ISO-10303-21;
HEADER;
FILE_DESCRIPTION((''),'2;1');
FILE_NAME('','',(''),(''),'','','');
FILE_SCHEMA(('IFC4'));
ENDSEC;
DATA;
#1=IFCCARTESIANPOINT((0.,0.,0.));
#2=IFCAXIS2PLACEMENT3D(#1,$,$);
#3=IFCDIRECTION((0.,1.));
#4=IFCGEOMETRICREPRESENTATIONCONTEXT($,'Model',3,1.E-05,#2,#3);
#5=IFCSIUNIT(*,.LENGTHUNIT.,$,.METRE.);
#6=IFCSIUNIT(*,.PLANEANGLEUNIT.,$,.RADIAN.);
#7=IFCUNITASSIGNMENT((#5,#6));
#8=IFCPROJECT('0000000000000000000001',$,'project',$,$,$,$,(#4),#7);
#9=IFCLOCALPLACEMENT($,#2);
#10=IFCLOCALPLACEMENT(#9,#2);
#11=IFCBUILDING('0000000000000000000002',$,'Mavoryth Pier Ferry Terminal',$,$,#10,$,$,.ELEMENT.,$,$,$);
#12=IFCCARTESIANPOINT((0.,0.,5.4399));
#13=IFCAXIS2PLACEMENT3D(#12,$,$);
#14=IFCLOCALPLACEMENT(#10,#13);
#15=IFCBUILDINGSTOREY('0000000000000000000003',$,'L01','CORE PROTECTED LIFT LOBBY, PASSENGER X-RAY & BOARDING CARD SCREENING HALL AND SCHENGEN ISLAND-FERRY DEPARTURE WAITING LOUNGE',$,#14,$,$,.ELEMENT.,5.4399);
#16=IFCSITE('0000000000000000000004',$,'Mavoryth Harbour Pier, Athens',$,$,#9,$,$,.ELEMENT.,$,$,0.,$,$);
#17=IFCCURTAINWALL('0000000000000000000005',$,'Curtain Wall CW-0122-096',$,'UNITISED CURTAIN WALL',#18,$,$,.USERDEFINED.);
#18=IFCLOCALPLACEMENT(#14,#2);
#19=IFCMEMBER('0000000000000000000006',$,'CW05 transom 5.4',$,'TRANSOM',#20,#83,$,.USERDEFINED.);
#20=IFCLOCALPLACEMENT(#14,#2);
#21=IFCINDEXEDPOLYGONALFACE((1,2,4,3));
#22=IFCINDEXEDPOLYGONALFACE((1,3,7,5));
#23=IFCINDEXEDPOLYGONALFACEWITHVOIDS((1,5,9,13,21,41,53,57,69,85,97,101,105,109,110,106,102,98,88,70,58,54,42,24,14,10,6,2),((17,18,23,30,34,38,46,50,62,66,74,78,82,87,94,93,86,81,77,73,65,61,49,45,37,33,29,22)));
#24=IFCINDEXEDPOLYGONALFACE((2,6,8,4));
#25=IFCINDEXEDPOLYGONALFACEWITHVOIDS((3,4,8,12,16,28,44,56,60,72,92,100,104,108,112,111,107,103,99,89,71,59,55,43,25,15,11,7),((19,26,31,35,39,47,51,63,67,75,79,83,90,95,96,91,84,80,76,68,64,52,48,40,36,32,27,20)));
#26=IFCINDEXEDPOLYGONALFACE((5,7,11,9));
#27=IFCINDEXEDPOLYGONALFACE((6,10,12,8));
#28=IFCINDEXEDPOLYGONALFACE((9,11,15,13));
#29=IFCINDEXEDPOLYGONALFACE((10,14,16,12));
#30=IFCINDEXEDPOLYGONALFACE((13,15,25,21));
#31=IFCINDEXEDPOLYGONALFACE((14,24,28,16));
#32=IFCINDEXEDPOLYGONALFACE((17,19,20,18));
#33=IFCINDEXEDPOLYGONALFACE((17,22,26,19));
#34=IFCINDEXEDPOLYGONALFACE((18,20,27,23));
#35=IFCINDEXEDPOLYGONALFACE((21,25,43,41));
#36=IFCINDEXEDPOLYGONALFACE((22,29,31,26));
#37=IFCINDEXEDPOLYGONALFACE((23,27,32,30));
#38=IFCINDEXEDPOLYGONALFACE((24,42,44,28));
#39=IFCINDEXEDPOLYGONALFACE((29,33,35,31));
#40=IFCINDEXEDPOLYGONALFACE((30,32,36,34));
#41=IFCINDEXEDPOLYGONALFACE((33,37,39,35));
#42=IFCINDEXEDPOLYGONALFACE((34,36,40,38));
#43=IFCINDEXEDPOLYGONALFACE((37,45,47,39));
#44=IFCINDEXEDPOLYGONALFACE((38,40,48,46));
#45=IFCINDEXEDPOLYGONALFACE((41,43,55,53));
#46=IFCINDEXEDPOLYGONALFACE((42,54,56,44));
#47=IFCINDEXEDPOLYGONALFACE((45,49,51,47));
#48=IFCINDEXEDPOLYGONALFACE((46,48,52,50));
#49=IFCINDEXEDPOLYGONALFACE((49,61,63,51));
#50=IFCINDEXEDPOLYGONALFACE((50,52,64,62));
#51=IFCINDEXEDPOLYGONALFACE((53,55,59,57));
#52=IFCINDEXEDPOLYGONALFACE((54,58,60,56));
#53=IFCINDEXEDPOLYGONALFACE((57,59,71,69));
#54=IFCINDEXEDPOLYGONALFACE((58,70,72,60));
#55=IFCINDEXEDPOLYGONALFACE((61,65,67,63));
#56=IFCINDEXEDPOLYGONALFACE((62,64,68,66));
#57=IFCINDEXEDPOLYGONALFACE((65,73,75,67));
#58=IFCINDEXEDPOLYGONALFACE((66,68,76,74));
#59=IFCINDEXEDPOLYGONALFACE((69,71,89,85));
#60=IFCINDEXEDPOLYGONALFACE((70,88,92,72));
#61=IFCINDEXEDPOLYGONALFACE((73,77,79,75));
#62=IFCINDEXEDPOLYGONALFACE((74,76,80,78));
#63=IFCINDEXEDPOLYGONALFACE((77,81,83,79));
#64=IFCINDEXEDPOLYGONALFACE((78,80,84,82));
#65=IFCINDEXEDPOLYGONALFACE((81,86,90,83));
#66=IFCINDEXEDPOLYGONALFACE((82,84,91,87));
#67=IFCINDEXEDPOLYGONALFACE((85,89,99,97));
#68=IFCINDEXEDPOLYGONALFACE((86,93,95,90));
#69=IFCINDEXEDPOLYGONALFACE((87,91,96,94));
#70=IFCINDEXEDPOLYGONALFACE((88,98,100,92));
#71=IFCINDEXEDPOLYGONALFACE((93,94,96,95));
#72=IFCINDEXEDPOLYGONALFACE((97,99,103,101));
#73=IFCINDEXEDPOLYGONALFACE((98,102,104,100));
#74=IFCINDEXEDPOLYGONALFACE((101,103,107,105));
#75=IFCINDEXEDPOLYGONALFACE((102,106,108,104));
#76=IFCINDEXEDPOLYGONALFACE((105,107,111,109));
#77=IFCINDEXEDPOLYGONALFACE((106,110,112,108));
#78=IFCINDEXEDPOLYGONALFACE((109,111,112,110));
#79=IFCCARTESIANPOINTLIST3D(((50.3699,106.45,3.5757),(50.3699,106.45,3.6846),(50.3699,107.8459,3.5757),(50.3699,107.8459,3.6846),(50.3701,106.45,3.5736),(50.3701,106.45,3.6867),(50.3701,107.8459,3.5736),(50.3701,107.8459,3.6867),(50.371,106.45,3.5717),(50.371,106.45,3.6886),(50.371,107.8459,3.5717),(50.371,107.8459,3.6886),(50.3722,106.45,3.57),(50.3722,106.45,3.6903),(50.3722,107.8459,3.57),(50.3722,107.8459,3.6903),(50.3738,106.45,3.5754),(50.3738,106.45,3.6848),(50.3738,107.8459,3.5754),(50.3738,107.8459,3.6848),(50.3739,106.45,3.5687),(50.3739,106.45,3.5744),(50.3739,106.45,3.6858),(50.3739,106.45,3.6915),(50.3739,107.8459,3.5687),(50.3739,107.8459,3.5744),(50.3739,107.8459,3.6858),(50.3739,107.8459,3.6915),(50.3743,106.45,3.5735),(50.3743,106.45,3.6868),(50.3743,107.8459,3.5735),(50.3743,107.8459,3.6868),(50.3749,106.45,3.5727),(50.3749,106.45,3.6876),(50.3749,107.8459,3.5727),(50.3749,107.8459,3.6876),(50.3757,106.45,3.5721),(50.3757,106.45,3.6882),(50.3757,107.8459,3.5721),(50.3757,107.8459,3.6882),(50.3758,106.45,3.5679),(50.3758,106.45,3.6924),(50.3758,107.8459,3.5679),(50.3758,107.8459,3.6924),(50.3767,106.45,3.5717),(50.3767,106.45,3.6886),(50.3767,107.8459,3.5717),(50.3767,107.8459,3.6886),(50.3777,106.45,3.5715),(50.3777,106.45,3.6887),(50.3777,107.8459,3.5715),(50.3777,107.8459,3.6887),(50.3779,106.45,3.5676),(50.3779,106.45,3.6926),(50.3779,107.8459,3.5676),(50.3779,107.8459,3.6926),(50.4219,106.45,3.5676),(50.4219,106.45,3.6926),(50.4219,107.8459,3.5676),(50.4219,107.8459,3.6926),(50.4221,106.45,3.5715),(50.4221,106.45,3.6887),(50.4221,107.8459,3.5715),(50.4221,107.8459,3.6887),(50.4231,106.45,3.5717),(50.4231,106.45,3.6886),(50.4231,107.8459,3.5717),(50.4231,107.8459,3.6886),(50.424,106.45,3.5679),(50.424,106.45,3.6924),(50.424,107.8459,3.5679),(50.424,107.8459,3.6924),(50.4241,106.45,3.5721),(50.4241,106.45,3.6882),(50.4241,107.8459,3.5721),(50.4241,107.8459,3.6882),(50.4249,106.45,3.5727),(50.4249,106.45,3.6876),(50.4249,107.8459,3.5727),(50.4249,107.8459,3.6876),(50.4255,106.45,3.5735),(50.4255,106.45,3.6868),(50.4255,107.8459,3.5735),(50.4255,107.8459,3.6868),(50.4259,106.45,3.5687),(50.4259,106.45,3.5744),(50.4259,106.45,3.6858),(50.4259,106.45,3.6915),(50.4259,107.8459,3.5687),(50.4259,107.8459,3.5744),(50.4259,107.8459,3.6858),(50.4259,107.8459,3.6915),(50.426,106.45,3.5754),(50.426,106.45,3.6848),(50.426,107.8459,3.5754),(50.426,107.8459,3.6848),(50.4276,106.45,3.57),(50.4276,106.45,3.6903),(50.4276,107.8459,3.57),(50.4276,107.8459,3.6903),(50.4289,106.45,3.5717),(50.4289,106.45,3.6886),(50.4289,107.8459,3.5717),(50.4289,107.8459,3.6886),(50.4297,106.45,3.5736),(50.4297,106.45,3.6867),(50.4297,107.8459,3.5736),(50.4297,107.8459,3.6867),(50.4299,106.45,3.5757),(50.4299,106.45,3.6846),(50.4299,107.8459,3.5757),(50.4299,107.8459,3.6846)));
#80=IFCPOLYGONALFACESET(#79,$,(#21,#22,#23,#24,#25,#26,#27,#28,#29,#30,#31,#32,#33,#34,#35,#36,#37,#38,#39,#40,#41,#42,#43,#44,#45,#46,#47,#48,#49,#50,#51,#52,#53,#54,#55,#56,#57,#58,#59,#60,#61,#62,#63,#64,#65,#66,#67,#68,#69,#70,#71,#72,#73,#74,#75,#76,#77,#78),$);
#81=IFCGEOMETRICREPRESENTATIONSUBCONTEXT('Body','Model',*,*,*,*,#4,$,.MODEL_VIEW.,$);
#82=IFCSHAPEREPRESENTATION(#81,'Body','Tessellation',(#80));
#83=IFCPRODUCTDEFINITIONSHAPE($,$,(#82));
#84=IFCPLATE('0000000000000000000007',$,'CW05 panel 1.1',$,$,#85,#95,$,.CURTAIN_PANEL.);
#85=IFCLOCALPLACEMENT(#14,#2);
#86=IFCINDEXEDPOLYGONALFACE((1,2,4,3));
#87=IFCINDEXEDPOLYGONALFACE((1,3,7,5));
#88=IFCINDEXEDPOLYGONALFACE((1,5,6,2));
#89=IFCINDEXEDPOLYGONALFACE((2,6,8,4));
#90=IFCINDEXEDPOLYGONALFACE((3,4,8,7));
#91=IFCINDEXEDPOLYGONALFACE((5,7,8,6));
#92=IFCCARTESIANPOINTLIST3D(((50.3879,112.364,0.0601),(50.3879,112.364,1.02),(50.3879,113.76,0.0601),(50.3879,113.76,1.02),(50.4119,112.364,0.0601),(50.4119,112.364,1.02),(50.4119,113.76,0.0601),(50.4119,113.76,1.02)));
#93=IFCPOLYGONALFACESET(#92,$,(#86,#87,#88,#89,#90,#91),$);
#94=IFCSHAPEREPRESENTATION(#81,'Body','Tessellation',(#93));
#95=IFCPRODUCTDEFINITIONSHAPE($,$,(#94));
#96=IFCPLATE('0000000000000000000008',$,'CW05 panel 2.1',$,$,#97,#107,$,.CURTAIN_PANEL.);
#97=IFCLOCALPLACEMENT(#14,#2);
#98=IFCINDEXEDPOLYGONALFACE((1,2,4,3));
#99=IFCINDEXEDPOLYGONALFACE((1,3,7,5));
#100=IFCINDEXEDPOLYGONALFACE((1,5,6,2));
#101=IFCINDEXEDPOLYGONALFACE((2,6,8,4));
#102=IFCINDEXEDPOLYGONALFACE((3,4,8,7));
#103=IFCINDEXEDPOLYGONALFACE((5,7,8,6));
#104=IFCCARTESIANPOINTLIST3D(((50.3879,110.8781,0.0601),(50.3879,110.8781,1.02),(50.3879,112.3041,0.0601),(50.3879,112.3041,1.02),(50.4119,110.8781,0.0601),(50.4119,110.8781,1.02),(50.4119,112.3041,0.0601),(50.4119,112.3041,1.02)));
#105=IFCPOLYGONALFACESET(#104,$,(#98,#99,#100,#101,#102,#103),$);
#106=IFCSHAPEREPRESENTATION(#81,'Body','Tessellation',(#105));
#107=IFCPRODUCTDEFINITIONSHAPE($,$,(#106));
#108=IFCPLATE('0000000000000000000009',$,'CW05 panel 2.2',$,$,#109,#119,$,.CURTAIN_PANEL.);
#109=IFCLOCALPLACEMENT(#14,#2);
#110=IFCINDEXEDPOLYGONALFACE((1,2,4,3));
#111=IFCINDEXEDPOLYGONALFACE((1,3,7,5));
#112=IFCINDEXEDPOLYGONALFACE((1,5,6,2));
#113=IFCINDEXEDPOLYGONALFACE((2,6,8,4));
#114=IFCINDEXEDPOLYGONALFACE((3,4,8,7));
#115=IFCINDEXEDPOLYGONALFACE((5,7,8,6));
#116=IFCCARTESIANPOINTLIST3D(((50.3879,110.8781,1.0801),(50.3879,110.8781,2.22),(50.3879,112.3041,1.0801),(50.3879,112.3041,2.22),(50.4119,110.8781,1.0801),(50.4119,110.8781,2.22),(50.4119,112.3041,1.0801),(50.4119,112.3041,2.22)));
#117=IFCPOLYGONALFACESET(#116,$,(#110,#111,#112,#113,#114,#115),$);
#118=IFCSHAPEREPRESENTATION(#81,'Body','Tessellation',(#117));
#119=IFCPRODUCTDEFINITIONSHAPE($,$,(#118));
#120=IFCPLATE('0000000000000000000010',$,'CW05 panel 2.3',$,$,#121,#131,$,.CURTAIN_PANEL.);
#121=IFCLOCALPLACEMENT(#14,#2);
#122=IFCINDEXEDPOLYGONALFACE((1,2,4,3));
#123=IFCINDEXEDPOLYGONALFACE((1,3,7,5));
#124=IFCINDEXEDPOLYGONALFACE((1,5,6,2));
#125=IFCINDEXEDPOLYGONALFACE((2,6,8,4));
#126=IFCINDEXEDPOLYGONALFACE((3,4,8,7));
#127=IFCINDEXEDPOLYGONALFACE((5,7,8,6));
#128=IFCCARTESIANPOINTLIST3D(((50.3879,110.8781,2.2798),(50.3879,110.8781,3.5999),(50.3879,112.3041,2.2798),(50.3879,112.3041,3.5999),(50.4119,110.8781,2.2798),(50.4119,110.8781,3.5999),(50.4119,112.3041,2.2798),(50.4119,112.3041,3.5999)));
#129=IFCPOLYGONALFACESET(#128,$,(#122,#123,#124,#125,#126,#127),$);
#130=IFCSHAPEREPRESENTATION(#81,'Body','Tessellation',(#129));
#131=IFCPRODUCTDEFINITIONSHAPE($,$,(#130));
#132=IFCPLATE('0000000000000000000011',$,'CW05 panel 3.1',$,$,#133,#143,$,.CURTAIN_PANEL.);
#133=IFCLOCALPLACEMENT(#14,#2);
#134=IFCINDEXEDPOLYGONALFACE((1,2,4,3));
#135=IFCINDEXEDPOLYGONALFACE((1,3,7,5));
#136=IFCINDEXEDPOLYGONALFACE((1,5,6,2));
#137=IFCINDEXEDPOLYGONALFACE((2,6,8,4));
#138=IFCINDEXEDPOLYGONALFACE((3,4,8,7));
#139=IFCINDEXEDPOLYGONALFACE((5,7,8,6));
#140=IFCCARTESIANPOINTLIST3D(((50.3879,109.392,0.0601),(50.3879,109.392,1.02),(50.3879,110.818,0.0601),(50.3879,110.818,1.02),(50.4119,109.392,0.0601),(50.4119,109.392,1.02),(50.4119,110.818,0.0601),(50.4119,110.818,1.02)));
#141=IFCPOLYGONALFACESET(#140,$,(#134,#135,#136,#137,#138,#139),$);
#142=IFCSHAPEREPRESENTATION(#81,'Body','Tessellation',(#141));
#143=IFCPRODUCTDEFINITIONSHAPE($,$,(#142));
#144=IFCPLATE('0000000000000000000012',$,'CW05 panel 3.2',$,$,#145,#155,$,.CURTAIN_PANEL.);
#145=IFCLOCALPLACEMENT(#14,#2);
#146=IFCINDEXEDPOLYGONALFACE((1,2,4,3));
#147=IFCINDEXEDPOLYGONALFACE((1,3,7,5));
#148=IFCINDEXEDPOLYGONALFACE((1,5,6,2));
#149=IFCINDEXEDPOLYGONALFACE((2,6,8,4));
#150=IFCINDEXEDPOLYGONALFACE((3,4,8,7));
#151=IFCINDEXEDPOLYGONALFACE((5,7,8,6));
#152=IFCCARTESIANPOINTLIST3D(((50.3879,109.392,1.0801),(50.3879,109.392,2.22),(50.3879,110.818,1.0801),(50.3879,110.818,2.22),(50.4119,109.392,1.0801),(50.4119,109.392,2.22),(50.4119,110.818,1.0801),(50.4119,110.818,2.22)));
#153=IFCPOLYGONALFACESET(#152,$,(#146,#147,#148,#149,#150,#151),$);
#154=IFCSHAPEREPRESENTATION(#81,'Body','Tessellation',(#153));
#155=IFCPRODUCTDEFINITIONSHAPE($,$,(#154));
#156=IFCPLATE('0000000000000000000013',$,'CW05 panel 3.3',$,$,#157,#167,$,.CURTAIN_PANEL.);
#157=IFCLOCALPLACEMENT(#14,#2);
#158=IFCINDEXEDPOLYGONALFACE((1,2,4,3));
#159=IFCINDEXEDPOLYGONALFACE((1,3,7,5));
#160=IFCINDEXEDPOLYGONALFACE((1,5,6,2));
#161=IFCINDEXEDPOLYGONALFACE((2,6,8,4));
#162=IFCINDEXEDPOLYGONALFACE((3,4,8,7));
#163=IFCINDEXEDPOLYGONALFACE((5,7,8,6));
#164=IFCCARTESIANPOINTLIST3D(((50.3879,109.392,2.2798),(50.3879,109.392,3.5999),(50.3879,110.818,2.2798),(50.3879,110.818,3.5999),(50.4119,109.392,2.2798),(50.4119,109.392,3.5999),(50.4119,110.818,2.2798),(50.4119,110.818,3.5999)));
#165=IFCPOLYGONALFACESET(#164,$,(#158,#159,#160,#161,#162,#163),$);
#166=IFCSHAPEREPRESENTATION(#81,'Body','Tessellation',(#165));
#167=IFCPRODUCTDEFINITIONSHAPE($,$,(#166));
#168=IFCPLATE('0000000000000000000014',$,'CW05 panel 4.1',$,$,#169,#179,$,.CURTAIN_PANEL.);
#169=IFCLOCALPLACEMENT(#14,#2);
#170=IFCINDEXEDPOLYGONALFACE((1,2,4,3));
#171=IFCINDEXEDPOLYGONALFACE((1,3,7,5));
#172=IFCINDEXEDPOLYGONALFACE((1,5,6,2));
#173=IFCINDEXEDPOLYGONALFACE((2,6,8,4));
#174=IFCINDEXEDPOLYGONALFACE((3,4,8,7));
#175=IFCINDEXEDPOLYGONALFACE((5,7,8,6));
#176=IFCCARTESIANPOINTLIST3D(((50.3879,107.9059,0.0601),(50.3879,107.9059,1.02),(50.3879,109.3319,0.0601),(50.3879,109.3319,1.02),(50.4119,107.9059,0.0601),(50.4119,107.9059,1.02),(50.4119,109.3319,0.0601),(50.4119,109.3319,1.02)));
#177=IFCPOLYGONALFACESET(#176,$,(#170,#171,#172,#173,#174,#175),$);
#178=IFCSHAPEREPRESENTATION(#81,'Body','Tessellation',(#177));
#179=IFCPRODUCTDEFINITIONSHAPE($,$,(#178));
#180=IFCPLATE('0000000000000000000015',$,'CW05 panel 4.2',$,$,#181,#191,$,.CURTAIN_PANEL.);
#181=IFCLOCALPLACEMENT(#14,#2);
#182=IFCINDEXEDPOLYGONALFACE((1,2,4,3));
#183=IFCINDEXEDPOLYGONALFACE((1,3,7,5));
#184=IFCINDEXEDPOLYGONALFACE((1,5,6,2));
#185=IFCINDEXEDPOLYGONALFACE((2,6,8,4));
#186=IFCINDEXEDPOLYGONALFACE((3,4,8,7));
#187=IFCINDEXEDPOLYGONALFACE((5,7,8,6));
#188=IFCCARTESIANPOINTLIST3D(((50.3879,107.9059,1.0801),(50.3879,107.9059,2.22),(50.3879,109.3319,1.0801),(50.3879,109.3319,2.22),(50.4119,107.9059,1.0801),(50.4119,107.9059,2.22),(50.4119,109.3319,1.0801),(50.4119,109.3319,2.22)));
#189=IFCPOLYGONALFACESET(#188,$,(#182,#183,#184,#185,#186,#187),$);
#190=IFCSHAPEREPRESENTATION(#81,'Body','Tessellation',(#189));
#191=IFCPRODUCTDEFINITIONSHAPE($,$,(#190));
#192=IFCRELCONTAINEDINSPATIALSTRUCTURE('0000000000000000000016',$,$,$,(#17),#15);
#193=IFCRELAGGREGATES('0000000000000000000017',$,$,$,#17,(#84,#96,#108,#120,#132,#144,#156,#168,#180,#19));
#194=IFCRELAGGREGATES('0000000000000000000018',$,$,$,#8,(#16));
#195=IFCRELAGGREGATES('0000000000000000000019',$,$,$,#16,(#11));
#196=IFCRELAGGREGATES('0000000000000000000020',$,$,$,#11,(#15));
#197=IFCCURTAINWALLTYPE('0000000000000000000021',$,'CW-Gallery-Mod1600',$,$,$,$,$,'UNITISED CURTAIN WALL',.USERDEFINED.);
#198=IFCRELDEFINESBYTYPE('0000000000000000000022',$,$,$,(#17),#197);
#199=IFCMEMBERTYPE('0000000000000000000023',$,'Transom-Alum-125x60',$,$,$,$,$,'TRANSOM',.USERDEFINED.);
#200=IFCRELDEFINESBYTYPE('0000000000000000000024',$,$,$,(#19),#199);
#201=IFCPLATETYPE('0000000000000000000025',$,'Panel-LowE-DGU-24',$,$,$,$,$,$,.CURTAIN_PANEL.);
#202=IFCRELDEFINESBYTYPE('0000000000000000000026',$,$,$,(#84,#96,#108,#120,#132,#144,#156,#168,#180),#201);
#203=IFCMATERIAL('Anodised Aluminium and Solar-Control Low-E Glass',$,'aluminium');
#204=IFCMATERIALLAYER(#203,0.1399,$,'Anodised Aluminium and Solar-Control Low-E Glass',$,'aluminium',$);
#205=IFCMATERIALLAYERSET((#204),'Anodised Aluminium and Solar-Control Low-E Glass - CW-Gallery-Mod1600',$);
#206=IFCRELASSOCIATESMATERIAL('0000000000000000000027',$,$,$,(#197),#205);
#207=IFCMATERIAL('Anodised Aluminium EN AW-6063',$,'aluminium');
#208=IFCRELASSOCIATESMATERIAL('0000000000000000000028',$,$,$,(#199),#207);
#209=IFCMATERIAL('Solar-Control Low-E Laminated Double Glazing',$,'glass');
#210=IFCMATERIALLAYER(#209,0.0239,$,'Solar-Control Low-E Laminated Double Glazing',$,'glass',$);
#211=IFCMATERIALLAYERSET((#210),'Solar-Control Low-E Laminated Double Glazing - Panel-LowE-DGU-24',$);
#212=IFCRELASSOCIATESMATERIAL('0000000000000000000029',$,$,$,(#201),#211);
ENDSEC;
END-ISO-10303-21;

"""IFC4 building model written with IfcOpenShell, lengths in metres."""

from ifc_helpers import new_model, si_unit, direction, frame, origin, origin_2d, place, context, subcontext, project, spatial, rectangle, hollow_rectangle, extrude, material, layer, layer_set, material_profile, profile_set, type_object, element, aggregate, save


model = new_model("IFC4")

# Units and contexts
model_context = context("Model", 3, precision=1e-05, world=origin(), true_north=direction((0.0, 1.0)))
body_context = subcontext(model_context, "Body", "Model", "MODEL_VIEW")
ifc_project = project(units=[si_unit("LENGTHUNIT", "METRE"), si_unit("PLANEANGLEUNIT", "RADIAN")], contexts=[model_context])

# Site, building, storey
site_placement = place(None, origin())
site = spatial("IfcSite", under=ifc_project, at=site_placement, Name="Mavoryth Harbour Pier, Athens", CompositionType="ELEMENT", RefElevation=0.0)
building_placement = place(site_placement, origin())
building = spatial("IfcBuilding", under=site, at=building_placement, Name="Mavoryth Pier Ferry Terminal", CompositionType="ELEMENT")
storey_placement = place(building_placement, frame((0.0, 0.0, 5.4399)))
storey = spatial("IfcBuildingStorey", under=building, at=storey_placement, Name="L01", Description="CORE PROTECTED LIFT LOBBY, PASSENGER X-RAY & BOARDING CARD SCREENING HALL AND SCHENGEN ISLAND-FERRY DEPARTURE WAITING LOUNGE", CompositionType="ELEMENT", Elevation=5.4399)

# Curtain wall
ifc_material_1 = material(Name="Anodised Aluminium and Solar-Control Low-E Glass", Category="aluminium")
ifc_layer_1 = layer(ifc_material_1, 0.1399, Name="Anodised Aluminium and Solar-Control Low-E Glass", Category="aluminium")
ifc_layer_set_1 = layer_set([ifc_layer_1], Name="Anodised Aluminium and Solar-Control Low-E Glass - CW-Gallery-Mod1600")
curtain_wall_type = type_object("IfcCurtainWallType", Name="CW-Gallery-Mod1600", ElementType="UNITISED CURTAIN WALL", PredefinedType="USERDEFINED", material=ifc_layer_set_1)
curtain_wall_placement = place(storey_placement, origin())
curtain_wall = element("IfcCurtainWall", 1, at=curtain_wall_placement, inside=storey, type_object=curtain_wall_type, Name="Curtain Wall CW-0122-096", ObjectType="UNITISED CURTAIN WALL", PredefinedType="USERDEFINED")
ifc_material_2 = material(Name="Anodised Aluminium EN AW-6063", Category="aluminium")

# Member
ifc_material_profile_1 = material_profile(ifc_material_2, hollow_rectangle(XDim=0.0601, YDim=0.125, WallThickness=0.0039, InnerFilletRadius=0.0039, OuterFilletRadius=0.0081, at=origin_2d()), Name="AL-TRAN 125x60x4", Category="aluminium")
ifc_profile_set_1 = profile_set([ifc_material_profile_1], Name="Anodised Aluminium EN AW-6063 - AL-TRAN 125x60x4")
member_type_1 = type_object("IfcMemberType", Name="Transom-Alum-125x60", ElementType="TRANSOM", PredefinedType="USERDEFINED", material=ifc_profile_set_1)
member_1_placement = place(storey_placement, frame((50.3999, 107.8459, 3.6301), z_axis=(0.0, -1.0, 0.0), x_axis=(1.0, 0.0, 0.0)))
member_1 = element("IfcMember", 2, at=member_1_placement, type_object=member_type_1, Name="CW05 transom 5.4", ObjectType="TRANSOM", PredefinedType="USERDEFINED", context=body_context, shape_type="SweptSolid", body=[
    extrude(hollow_rectangle(XDim=0.0601, YDim=0.125, WallThickness=0.0039, InnerFilletRadius=0.0039, OuterFilletRadius=0.0081, at=origin_2d()), origin(), (0.0, 0.0, 1.0), 1.396),
])

# Plates
ifc_material_3 = material(Name="Solar-Control Low-E Laminated Double Glazing", Category="glass")
ifc_layer_2 = layer(ifc_material_3, 0.0239, Name="Solar-Control Low-E Laminated Double Glazing", Category="glass")
ifc_layer_set_2 = layer_set([ifc_layer_2], Name="Solar-Control Low-E Laminated Double Glazing - Panel-LowE-DGU-24")
plate_type_1 = type_object("IfcPlateType", Name="Panel-LowE-DGU-24", PredefinedType="CURTAIN_PANEL", material=ifc_layer_set_2)
plate_1_placement = place(storey_placement, frame((50.3999, 113.062, 0.0601), z_axis=(0.0, 0.0, 1.0), x_axis=(0.0, -1.0, 0.0)))
plate_1 = element("IfcPlate", 3, at=plate_1_placement, type_object=plate_type_1, Name="CW05 panel 1.1", PredefinedType="CURTAIN_PANEL", context=body_context, shape_type="SweptSolid", body=[
    extrude(rectangle(XDim=1.396, YDim=0.0239, at=origin_2d()), origin(), (0.0, 0.0, 1.0), 0.96),
])
plate_2_placement = place(storey_placement, frame((50.3999, 111.5911, 0.0601), z_axis=(0.0, 0.0, 1.0), x_axis=(0.0, -1.0, 0.0)))
plate_2 = element("IfcPlate", 4, at=plate_2_placement, type_object=plate_type_1, Name="CW05 panel 2.1", PredefinedType="CURTAIN_PANEL", context=body_context, shape_type="SweptSolid", body=[
    extrude(rectangle(XDim=1.426, YDim=0.0239, at=origin_2d()), origin(), (0.0, 0.0, 1.0), 0.96),
])
plate_3_placement = place(storey_placement, frame((50.3999, 111.5911, 1.0801), z_axis=(0.0, 0.0, 1.0), x_axis=(0.0, -1.0, 0.0)))
plate_3 = element("IfcPlate", 5, at=plate_3_placement, type_object=plate_type_1, Name="CW05 panel 2.2", PredefinedType="CURTAIN_PANEL", context=body_context, shape_type="SweptSolid", body=[
    extrude(rectangle(XDim=1.426, YDim=0.0239, at=origin_2d()), origin(), (0.0, 0.0, 1.0), 1.1399),
])
plate_4_placement = place(storey_placement, frame((50.3999, 111.5911, 2.2798), z_axis=(0.0, 0.0, 1.0), x_axis=(0.0, -1.0, 0.0)))
plate_4 = element("IfcPlate", 6, at=plate_4_placement, type_object=plate_type_1, Name="CW05 panel 2.3", PredefinedType="CURTAIN_PANEL", context=body_context, shape_type="SweptSolid", body=[
    extrude(rectangle(XDim=1.426, YDim=0.0239, at=origin_2d()), origin(), (0.0, 0.0, 1.0), 1.3201),
])
plate_5_placement = place(storey_placement, frame((50.3999, 110.105, 0.0601), z_axis=(0.0, 0.0, 1.0), x_axis=(0.0, -1.0, 0.0)))
plate_5 = element("IfcPlate", 7, at=plate_5_placement, type_object=plate_type_1, Name="CW05 panel 3.1", PredefinedType="CURTAIN_PANEL", context=body_context, shape_type="SweptSolid", body=[
    extrude(rectangle(XDim=1.426, YDim=0.0239, at=origin_2d()), origin(), (0.0, 0.0, 1.0), 0.96),
])
plate_6_placement = place(storey_placement, frame((50.3999, 110.105, 1.0801), z_axis=(0.0, 0.0, 1.0), x_axis=(0.0, -1.0, 0.0)))
plate_6 = element("IfcPlate", 8, at=plate_6_placement, type_object=plate_type_1, Name="CW05 panel 3.2", PredefinedType="CURTAIN_PANEL", context=body_context, shape_type="SweptSolid", body=[
    extrude(rectangle(XDim=1.426, YDim=0.0239, at=origin_2d()), origin(), (0.0, 0.0, 1.0), 1.1399),
])
plate_7_placement = place(storey_placement, frame((50.3999, 110.105, 2.2798), z_axis=(0.0, 0.0, 1.0), x_axis=(0.0, -1.0, 0.0)))
plate_7 = element("IfcPlate", 9, at=plate_7_placement, type_object=plate_type_1, Name="CW05 panel 3.3", PredefinedType="CURTAIN_PANEL", context=body_context, shape_type="SweptSolid", body=[
    extrude(rectangle(XDim=1.426, YDim=0.0239, at=origin_2d()), origin(), (0.0, 0.0, 1.0), 1.3201),
])
plate_8_placement = place(storey_placement, frame((50.3999, 108.6189, 0.0601), z_axis=(0.0, 0.0, 1.0), x_axis=(0.0, -1.0, 0.0)))
plate_8 = element("IfcPlate", 10, at=plate_8_placement, type_object=plate_type_1, Name="CW05 panel 4.1", PredefinedType="CURTAIN_PANEL", context=body_context, shape_type="SweptSolid", body=[
    extrude(rectangle(XDim=1.426, YDim=0.0239, at=origin_2d()), origin(), (0.0, 0.0, 1.0), 0.96),
])
plate_9_placement = place(storey_placement, frame((50.3999, 108.6189, 1.0801), z_axis=(0.0, 0.0, 1.0), x_axis=(0.0, -1.0, 0.0)))
plate_9 = element("IfcPlate", 11, at=plate_9_placement, type_object=plate_type_1, Name="CW05 panel 4.2", PredefinedType="CURTAIN_PANEL", context=body_context, shape_type="SweptSolid", body=[
    extrude(rectangle(XDim=1.426, YDim=0.0239, at=origin_2d()), origin(), (0.0, 0.0, 1.0), 1.1399),
])
aggregate(curtain_wall, [plate_1, plate_2, plate_3, plate_4, plate_5, plate_6, plate_7, plate_8, plate_9, member_1])

save(model, "model.ifc")
